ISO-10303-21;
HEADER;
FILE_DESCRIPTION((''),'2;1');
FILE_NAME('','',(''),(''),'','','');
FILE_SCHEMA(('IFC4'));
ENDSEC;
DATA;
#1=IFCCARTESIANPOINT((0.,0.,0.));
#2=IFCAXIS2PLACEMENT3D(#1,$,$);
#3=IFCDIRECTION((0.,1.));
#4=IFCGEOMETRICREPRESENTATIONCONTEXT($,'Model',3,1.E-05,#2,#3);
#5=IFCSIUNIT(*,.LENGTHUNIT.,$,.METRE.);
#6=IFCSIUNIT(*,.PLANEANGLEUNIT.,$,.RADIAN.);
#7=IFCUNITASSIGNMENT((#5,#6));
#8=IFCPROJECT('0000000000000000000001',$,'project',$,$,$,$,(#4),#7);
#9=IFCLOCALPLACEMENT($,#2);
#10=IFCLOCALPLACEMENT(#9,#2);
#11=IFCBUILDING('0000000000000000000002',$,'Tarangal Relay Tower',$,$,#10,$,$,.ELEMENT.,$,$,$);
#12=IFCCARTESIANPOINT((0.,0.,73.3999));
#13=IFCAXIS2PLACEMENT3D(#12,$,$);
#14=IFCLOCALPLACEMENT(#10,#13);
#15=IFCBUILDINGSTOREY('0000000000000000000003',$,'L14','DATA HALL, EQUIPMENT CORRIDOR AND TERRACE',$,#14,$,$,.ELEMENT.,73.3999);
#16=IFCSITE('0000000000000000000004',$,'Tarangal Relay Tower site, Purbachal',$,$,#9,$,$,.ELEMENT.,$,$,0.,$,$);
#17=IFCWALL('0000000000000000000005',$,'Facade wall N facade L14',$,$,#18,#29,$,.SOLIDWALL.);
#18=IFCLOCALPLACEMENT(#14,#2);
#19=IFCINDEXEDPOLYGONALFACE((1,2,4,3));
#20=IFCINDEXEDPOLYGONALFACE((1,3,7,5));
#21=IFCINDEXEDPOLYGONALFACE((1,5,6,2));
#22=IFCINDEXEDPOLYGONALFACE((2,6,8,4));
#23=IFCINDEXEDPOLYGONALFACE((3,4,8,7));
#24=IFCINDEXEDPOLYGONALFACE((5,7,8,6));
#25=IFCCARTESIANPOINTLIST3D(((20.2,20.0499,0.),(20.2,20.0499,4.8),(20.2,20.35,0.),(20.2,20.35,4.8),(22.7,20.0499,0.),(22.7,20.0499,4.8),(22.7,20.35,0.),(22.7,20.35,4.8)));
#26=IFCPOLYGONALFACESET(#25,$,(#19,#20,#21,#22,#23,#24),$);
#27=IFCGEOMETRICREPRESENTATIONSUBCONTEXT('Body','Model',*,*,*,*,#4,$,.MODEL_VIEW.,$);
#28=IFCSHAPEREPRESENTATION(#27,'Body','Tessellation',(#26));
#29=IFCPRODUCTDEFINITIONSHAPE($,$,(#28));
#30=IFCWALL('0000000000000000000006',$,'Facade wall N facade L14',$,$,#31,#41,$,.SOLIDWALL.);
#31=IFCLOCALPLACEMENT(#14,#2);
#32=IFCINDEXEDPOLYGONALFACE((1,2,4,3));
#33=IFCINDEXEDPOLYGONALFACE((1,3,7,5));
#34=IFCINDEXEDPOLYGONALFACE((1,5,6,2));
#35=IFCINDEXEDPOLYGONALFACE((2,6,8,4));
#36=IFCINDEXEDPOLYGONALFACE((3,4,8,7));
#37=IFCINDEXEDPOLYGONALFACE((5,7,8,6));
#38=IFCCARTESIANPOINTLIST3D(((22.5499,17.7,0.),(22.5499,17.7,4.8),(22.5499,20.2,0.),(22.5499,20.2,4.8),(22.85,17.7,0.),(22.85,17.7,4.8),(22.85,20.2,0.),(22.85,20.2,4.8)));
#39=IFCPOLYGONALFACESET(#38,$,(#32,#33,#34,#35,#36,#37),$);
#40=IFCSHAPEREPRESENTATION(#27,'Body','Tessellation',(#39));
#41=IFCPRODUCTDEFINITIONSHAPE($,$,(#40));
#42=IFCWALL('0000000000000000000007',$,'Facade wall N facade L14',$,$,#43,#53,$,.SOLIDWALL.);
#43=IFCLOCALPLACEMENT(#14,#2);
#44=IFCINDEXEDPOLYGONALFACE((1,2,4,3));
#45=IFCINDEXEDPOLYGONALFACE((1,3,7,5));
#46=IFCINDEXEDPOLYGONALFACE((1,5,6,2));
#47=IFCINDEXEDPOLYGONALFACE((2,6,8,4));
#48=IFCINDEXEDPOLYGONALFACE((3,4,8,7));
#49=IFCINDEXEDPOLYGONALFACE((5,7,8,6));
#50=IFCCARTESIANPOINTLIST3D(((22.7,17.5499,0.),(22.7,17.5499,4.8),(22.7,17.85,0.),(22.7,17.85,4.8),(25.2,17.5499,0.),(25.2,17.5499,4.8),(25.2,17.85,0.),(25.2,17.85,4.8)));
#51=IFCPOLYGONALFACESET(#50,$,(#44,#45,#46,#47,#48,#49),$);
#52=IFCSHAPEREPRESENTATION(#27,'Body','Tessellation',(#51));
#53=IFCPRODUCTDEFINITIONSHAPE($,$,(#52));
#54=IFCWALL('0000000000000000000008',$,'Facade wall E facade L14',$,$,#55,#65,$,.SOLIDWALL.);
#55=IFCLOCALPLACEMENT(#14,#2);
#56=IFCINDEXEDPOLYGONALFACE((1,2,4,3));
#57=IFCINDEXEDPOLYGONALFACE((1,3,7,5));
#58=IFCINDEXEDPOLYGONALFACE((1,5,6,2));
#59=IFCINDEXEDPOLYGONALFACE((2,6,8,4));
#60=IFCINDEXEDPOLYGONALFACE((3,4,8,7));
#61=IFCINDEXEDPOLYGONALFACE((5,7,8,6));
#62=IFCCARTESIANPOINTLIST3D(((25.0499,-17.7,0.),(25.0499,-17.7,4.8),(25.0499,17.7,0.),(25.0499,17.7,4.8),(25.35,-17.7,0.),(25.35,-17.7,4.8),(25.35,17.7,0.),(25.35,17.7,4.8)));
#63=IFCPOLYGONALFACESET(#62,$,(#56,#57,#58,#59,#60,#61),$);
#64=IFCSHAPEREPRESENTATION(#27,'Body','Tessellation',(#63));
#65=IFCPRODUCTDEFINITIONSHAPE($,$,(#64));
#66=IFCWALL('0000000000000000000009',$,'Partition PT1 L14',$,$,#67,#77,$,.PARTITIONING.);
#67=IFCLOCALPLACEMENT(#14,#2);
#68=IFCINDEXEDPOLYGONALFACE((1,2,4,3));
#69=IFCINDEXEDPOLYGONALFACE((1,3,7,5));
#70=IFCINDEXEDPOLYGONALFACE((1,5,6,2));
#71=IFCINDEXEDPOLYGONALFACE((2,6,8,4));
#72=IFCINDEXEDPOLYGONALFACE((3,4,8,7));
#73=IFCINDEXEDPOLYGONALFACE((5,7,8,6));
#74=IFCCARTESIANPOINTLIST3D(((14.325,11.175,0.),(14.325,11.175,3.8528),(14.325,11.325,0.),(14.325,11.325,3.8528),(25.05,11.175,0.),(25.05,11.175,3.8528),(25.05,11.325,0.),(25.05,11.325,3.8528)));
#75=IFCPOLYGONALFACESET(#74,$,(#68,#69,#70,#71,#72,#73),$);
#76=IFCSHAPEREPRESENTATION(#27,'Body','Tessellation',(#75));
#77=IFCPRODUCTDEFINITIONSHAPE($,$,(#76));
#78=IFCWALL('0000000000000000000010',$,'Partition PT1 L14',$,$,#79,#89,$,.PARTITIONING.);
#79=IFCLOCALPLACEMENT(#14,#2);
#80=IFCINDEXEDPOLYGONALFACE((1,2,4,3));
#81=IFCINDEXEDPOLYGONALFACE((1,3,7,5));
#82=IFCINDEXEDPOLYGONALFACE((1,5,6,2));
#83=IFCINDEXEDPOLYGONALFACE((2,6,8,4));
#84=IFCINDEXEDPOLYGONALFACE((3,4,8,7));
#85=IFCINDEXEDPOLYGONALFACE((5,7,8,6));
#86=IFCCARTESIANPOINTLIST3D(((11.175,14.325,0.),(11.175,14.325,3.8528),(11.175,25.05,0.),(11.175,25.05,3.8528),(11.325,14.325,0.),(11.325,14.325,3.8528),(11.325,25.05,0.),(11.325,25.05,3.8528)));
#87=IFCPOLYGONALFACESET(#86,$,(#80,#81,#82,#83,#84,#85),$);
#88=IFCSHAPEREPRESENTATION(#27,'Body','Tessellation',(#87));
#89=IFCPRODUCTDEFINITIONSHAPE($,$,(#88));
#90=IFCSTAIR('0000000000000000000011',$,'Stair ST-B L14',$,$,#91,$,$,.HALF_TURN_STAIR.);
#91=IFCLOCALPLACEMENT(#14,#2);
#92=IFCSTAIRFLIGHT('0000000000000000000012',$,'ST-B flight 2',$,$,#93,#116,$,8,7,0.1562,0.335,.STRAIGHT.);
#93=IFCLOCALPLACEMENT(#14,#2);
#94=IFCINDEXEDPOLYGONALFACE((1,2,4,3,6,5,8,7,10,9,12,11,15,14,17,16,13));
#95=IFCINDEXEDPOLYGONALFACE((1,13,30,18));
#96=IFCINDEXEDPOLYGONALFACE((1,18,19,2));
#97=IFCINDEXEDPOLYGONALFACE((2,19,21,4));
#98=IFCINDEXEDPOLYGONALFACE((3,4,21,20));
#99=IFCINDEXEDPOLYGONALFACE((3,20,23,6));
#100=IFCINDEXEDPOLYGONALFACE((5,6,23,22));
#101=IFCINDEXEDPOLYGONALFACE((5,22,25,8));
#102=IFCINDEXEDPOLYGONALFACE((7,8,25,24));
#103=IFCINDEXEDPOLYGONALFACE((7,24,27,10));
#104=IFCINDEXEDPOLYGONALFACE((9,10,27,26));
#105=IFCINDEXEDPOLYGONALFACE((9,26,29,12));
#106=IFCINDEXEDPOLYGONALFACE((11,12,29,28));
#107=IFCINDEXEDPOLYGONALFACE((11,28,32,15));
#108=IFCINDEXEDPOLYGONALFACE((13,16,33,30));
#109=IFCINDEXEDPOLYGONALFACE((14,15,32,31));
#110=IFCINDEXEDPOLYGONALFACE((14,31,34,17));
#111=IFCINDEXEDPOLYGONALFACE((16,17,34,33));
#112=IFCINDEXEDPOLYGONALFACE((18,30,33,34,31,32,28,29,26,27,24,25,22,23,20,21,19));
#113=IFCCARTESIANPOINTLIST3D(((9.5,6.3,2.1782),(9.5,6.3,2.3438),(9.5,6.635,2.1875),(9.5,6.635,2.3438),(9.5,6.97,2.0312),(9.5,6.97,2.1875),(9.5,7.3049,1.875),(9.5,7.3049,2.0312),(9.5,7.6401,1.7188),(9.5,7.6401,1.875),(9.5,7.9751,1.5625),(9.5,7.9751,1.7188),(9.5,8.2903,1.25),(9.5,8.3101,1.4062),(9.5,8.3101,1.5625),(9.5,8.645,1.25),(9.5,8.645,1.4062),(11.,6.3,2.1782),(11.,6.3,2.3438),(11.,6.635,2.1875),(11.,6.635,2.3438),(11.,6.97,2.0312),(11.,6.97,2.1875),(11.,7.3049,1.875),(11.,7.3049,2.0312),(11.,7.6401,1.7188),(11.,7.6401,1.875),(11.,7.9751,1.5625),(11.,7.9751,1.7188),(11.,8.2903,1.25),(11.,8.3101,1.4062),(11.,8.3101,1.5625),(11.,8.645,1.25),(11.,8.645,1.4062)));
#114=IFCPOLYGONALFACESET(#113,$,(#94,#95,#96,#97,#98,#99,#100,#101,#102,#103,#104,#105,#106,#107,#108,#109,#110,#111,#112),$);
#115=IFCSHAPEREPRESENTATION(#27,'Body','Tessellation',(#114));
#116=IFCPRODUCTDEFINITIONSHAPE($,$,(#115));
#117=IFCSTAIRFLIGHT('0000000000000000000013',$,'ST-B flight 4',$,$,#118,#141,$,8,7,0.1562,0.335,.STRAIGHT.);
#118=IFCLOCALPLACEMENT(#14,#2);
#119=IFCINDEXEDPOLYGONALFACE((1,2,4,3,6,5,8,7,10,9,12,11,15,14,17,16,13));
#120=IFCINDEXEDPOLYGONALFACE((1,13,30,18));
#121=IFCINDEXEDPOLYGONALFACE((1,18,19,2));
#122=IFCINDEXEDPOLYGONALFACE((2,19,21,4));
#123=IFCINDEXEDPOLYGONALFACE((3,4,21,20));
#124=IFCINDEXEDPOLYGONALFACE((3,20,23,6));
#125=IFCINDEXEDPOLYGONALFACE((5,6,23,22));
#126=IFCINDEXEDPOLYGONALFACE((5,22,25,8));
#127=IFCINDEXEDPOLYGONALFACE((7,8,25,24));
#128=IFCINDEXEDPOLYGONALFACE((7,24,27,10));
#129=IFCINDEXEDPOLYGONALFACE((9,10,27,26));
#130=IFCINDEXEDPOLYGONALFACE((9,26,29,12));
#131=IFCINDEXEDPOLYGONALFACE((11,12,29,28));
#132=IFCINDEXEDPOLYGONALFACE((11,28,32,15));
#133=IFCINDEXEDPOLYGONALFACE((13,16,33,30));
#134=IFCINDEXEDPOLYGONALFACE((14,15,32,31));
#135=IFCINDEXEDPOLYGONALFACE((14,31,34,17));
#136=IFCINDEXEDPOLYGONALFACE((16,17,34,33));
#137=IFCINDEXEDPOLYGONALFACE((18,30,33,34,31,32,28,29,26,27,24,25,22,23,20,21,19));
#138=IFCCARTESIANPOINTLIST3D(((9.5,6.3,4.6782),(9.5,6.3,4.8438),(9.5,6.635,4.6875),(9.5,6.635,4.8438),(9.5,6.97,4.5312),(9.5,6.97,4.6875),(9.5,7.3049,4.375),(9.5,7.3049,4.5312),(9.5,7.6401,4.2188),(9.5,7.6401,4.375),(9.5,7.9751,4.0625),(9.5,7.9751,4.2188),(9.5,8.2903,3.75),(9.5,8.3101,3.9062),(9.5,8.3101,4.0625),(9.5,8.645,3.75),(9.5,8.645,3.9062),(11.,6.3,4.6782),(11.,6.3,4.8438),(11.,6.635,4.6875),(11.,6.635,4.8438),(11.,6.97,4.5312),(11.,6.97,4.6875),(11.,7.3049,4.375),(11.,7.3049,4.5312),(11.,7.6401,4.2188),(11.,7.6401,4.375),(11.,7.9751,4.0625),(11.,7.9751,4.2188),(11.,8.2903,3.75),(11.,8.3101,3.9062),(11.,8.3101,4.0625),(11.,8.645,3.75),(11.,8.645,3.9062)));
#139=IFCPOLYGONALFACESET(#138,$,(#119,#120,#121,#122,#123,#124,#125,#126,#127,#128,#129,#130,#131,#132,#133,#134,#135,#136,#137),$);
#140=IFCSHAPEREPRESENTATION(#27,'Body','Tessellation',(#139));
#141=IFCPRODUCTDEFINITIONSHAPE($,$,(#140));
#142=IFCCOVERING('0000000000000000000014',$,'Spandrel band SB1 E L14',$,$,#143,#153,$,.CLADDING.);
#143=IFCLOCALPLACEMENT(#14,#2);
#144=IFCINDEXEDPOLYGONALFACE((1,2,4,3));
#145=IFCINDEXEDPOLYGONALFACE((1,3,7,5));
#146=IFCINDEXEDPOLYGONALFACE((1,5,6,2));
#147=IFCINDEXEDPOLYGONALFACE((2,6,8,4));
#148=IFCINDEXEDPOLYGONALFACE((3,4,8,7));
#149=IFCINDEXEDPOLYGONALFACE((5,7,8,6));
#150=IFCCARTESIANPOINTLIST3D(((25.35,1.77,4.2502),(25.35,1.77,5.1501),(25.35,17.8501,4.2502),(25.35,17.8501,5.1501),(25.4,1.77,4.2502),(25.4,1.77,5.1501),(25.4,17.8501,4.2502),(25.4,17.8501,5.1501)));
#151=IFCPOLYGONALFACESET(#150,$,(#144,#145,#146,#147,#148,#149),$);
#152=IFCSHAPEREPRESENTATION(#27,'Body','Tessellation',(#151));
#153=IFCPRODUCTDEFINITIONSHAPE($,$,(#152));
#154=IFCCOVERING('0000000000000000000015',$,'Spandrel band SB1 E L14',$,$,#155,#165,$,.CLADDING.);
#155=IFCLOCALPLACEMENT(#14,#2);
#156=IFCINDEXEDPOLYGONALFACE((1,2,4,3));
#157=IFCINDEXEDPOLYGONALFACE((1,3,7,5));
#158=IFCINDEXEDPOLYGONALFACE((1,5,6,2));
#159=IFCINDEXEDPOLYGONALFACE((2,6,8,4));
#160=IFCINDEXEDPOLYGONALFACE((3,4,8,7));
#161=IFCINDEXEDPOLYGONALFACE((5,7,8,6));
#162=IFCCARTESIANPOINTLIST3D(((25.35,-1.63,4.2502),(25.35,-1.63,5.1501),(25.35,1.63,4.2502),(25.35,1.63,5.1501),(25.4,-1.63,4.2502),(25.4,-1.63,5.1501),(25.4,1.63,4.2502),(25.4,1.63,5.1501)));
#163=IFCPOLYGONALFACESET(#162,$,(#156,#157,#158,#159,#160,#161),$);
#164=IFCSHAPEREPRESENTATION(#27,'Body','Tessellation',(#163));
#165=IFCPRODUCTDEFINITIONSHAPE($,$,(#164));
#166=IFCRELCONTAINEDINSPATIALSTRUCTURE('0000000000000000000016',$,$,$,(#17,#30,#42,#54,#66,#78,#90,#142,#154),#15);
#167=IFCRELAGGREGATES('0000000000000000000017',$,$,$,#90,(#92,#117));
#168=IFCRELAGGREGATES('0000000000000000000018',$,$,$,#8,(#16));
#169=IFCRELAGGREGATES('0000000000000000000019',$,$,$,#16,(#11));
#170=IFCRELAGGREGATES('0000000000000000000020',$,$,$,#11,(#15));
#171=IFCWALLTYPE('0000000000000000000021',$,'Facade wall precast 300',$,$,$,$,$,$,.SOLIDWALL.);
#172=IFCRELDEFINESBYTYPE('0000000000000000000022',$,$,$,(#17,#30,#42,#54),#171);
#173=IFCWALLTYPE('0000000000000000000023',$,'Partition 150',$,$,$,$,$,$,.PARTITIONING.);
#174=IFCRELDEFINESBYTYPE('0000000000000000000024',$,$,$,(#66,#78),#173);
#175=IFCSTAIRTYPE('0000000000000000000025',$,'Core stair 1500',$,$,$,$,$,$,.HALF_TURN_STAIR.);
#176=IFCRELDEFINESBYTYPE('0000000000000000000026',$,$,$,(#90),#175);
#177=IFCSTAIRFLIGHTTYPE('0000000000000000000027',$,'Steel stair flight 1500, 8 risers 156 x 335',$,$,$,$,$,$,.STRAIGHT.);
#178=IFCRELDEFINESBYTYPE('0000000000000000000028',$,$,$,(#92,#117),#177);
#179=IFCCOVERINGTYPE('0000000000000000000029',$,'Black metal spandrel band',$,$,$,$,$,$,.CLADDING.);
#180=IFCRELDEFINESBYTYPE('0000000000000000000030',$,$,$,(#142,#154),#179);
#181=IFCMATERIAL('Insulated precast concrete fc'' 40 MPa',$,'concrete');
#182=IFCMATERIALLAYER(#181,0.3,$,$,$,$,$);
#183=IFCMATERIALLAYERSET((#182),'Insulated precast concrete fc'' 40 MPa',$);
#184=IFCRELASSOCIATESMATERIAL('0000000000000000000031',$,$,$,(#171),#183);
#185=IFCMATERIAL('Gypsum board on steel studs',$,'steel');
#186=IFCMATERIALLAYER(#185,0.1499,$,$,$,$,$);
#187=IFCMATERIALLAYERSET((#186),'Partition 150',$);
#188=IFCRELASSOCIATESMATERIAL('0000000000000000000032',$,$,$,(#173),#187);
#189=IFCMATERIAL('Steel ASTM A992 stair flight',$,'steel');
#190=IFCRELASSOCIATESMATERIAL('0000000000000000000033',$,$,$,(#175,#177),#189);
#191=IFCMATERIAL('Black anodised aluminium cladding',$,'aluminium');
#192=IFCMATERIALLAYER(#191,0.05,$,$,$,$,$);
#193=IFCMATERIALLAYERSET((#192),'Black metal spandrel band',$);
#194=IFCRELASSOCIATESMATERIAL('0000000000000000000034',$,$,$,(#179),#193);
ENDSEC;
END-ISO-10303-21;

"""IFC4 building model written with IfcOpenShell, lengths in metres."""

from ifc_helpers import new_model, si_unit, direction, frame, frame_2d, origin, origin_2d, place, context, subcontext, project, spatial, polyline, rectangle, outline, extrude, material, layer, layer_set, type_object, element, aggregate, save


model = new_model("IFC4")

# Units and contexts
model_context = context("Model", 3, precision=1e-05, world=origin(), true_north=direction((0.0, 1.0)))
body_context = subcontext(model_context, "Body", "Model", "MODEL_VIEW")
ifc_project = project(units=[si_unit("LENGTHUNIT", "METRE"), si_unit("PLANEANGLEUNIT", "RADIAN")], contexts=[model_context])

# Site, building, storey
site_placement = place(None, origin())
site = spatial("IfcSite", under=ifc_project, at=site_placement, Name="Tarangal Relay Tower site, Purbachal", CompositionType="ELEMENT", RefElevation=0.0)
building_placement = place(site_placement, origin())
building = spatial("IfcBuilding", under=site, at=building_placement, Name="Tarangal Relay Tower", CompositionType="ELEMENT")
storey_placement = place(building_placement, frame((0.0, 0.0, 73.3999)))
storey = spatial("IfcBuildingStorey", under=building, at=storey_placement, Name="L14", Description="DATA HALL, EQUIPMENT CORRIDOR AND TERRACE", CompositionType="ELEMENT", Elevation=73.3999)

# Shared definitions
ifc_material_1 = material(Name="Insulated precast concrete fc' 40 MPa", Category="concrete")
ifc_layer_1 = layer(ifc_material_1, 0.3)
ifc_layer_set_1 = layer_set([ifc_layer_1], Name="Insulated precast concrete fc' 40 MPa")
wall_type_1 = type_object("IfcWallType", Name="Facade wall precast 300", PredefinedType="SOLIDWALL", material=ifc_layer_set_1)

# Walls
for number, where, z_axis, x_axis, name in (
    (1, (20.2, 20.2, 0.0), (0.0, 0.0, 1.0), (1.0, 0.0, 0.0), "Facade wall N facade L14"),
    (2, (22.7, 20.2, 0.0), (0.0, 0.0, 1.0), (0.0, -1.0, 0.0), "Facade wall N facade L14"),
    (3, (22.7, 17.7, 0.0), (0.0, 0.0, 1.0), (1.0, 0.0, 0.0), "Facade wall N facade L14"),
):
    element("IfcWall", number, at=place(storey_placement, frame(where, z_axis=z_axis, x_axis=x_axis)), inside=storey, type_object=wall_type_1, Name=name, PredefinedType="SOLIDWALL", context=body_context, shape_type="SweptSolid", body=[
        extrude(rectangle(XDim=2.5, YDim=0.3, at=frame_2d((1.25, 0.0))), origin(), (0.0, 0.0, 1.0), 4.8),
    ])
wall_1_placement = place(storey_placement, frame((25.2, 17.7, 0.0), z_axis=(0.0, 0.0, 1.0), x_axis=(0.0, -1.0, 0.0)))
element("IfcWall", 4, at=wall_1_placement, inside=storey, type_object=wall_type_1, Name="Facade wall E facade L14", PredefinedType="SOLIDWALL", context=body_context, shape_type="SweptSolid", body=[
    extrude(rectangle(XDim=35.3999, YDim=0.3, at=frame_2d((17.7, 0.0))), origin(), (0.0, 0.0, 1.0), 4.8),
])
ifc_material_2 = material(Name="Gypsum board on steel studs", Category="steel")
ifc_layer_2 = layer(ifc_material_2, 0.1499)
ifc_layer_set_2 = layer_set([ifc_layer_2], Name="Partition 150")
wall_type_2 = type_object("IfcWallType", Name="Partition 150", PredefinedType="PARTITIONING", material=ifc_layer_set_2)
for number, where, z_axis, x_axis, name in (
    (5, (14.325, 11.25, 0.0), (0.0, 0.0, 1.0), (1.0, 0.0, 0.0), "Partition PT1 L14"),
    (6, (11.25, 14.325, 0.0), (0.0, 0.0, 1.0), (0.0, 1.0, 0.0), "Partition PT1 L14"),
):
    element("IfcWall", number, at=place(storey_placement, frame(where, z_axis=z_axis, x_axis=x_axis)), inside=storey, type_object=wall_type_2, Name=name, PredefinedType="PARTITIONING", context=body_context, shape_type="SweptSolid", body=[
        extrude(rectangle(XDim=10.7251, YDim=0.1499, at=frame_2d((5.3625, 0.0))), origin(), (0.0, 0.0, 1.0), 3.8528),
    ])

# Stair, stair flights
ifc_material_3 = material(Name="Steel ASTM A992 stair flight", Category="steel")
stair_type = type_object("IfcStairType", Name="Core stair 1500", PredefinedType="HALF_TURN_STAIR", material=ifc_material_3)
stair_placement = place(storey_placement, origin())
stair = element("IfcStair", 7, at=stair_placement, inside=storey, type_object=stair_type, Name="Stair ST-B L14", PredefinedType="HALF_TURN_STAIR")
stair_flight_type = type_object("IfcStairFlightType", Name="Steel stair flight 1500, 8 risers 156 x 335", PredefinedType="STRAIGHT", material=ifc_material_3)
stair_flight_1_placement = place(storey_placement, frame((10.25, 8.645, 1.25), z_axis=(0.0, 0.0, 1.0), x_axis=(0.0, -1.0, 0.0)))
stair_flight_1 = element("IfcStairFlight", 8, at=stair_flight_1_placement, type_object=stair_flight_type, Name="ST-B flight 2", NumberOfRisers=8, NumberOfTreads=7, PredefinedType="STRAIGHT", RiserHeight=0.1562, TreadLength=0.335, context=body_context, shape_type="SweptSolid", body=[
    extrude(outline(polyline([(0.0, 0.0), (0.0, 0.1562), (0.335, 0.1562), (0.335, 0.3125), (0.6699, 0.3125), (0.6699, 0.4688), (1.0049, 0.4688), (1.0049, 0.625), (1.3401, 0.625), (1.3401, 0.7812), (1.675, 0.7812), (1.675, 0.9375), (2.01, 0.9375), (2.01, 1.0938), (2.345, 1.0938), (2.345, 1.25), (2.345, 0.9282), (0.3547, 0.0), (0.0, 0.0)])), frame((0.0, 0.75, 0.0), z_axis=(0.0, -1.0, 0.0), x_axis=(1.0, 0.0, 0.0)), (0.0, 0.0, 1.0), 1.5),
])
stair_flight_2_placement = place(storey_placement, frame((10.25, 8.645, 3.75), z_axis=(0.0, 0.0, 1.0), x_axis=(0.0, -1.0, 0.0)))
stair_flight_2 = element("IfcStairFlight", 9, at=stair_flight_2_placement, type_object=stair_flight_type, Name="ST-B flight 4", NumberOfRisers=8, NumberOfTreads=7, PredefinedType="STRAIGHT", RiserHeight=0.1562, TreadLength=0.335, context=body_context, shape_type="SweptSolid", body=[
    extrude(outline(polyline([(0.0, 0.0), (0.0, 0.1562), (0.335, 0.1562), (0.335, 0.3125), (0.6699, 0.3125), (0.6699, 0.4688), (1.0049, 0.4688), (1.0049, 0.625), (1.3401, 0.625), (1.3401, 0.7812), (1.675, 0.7812), (1.675, 0.9375), (2.01, 0.9375), (2.01, 1.0938), (2.345, 1.0938), (2.345, 1.25), (2.345, 0.9282), (0.3547, 0.0), (0.0, 0.0)])), frame((0.0, 0.75, 0.0), z_axis=(0.0, -1.0, 0.0), x_axis=(1.0, 0.0, 0.0)), (0.0, 0.0, 1.0), 1.5),
])
aggregate(stair, [stair_flight_1, stair_flight_2])

# Coverings
ifc_material_4 = material(Name="Black anodised aluminium cladding", Category="aluminium")
ifc_layer_3 = layer(ifc_material_4, 0.05)
ifc_layer_set_3 = layer_set([ifc_layer_3], Name="Black metal spandrel band")
covering_type = type_object("IfcCoveringType", Name="Black metal spandrel band", PredefinedType="CLADDING", material=ifc_layer_set_3)
covering_1_placement = place(storey_placement, frame((25.375, 9.8101, 4.2502), z_axis=(0.0, 0.0, 1.0), x_axis=(0.0, -1.0, 0.0)))
element("IfcCovering", 10, at=covering_1_placement, inside=storey, type_object=covering_type, Name="Spandrel band SB1 E L14", PredefinedType="CLADDING", context=body_context, shape_type="SweptSolid", body=[
    extrude(rectangle(XDim=16.0801, YDim=0.05, at=origin_2d()), origin(), (0.0, 0.0, 1.0), 0.8999),
])
covering_2_placement = place(storey_placement, frame((25.375, 0.0, 4.2502), z_axis=(0.0, 0.0, 1.0), x_axis=(0.0, -1.0, 0.0)))
element("IfcCovering", 11, at=covering_2_placement, inside=storey, type_object=covering_type, Name="Spandrel band SB1 E L14", PredefinedType="CLADDING", context=body_context, shape_type="SweptSolid", body=[
    extrude(rectangle(XDim=3.26, YDim=0.05, at=origin_2d()), origin(), (0.0, 0.0, 1.0), 0.8999),
])

save(model, "model.ifc")
